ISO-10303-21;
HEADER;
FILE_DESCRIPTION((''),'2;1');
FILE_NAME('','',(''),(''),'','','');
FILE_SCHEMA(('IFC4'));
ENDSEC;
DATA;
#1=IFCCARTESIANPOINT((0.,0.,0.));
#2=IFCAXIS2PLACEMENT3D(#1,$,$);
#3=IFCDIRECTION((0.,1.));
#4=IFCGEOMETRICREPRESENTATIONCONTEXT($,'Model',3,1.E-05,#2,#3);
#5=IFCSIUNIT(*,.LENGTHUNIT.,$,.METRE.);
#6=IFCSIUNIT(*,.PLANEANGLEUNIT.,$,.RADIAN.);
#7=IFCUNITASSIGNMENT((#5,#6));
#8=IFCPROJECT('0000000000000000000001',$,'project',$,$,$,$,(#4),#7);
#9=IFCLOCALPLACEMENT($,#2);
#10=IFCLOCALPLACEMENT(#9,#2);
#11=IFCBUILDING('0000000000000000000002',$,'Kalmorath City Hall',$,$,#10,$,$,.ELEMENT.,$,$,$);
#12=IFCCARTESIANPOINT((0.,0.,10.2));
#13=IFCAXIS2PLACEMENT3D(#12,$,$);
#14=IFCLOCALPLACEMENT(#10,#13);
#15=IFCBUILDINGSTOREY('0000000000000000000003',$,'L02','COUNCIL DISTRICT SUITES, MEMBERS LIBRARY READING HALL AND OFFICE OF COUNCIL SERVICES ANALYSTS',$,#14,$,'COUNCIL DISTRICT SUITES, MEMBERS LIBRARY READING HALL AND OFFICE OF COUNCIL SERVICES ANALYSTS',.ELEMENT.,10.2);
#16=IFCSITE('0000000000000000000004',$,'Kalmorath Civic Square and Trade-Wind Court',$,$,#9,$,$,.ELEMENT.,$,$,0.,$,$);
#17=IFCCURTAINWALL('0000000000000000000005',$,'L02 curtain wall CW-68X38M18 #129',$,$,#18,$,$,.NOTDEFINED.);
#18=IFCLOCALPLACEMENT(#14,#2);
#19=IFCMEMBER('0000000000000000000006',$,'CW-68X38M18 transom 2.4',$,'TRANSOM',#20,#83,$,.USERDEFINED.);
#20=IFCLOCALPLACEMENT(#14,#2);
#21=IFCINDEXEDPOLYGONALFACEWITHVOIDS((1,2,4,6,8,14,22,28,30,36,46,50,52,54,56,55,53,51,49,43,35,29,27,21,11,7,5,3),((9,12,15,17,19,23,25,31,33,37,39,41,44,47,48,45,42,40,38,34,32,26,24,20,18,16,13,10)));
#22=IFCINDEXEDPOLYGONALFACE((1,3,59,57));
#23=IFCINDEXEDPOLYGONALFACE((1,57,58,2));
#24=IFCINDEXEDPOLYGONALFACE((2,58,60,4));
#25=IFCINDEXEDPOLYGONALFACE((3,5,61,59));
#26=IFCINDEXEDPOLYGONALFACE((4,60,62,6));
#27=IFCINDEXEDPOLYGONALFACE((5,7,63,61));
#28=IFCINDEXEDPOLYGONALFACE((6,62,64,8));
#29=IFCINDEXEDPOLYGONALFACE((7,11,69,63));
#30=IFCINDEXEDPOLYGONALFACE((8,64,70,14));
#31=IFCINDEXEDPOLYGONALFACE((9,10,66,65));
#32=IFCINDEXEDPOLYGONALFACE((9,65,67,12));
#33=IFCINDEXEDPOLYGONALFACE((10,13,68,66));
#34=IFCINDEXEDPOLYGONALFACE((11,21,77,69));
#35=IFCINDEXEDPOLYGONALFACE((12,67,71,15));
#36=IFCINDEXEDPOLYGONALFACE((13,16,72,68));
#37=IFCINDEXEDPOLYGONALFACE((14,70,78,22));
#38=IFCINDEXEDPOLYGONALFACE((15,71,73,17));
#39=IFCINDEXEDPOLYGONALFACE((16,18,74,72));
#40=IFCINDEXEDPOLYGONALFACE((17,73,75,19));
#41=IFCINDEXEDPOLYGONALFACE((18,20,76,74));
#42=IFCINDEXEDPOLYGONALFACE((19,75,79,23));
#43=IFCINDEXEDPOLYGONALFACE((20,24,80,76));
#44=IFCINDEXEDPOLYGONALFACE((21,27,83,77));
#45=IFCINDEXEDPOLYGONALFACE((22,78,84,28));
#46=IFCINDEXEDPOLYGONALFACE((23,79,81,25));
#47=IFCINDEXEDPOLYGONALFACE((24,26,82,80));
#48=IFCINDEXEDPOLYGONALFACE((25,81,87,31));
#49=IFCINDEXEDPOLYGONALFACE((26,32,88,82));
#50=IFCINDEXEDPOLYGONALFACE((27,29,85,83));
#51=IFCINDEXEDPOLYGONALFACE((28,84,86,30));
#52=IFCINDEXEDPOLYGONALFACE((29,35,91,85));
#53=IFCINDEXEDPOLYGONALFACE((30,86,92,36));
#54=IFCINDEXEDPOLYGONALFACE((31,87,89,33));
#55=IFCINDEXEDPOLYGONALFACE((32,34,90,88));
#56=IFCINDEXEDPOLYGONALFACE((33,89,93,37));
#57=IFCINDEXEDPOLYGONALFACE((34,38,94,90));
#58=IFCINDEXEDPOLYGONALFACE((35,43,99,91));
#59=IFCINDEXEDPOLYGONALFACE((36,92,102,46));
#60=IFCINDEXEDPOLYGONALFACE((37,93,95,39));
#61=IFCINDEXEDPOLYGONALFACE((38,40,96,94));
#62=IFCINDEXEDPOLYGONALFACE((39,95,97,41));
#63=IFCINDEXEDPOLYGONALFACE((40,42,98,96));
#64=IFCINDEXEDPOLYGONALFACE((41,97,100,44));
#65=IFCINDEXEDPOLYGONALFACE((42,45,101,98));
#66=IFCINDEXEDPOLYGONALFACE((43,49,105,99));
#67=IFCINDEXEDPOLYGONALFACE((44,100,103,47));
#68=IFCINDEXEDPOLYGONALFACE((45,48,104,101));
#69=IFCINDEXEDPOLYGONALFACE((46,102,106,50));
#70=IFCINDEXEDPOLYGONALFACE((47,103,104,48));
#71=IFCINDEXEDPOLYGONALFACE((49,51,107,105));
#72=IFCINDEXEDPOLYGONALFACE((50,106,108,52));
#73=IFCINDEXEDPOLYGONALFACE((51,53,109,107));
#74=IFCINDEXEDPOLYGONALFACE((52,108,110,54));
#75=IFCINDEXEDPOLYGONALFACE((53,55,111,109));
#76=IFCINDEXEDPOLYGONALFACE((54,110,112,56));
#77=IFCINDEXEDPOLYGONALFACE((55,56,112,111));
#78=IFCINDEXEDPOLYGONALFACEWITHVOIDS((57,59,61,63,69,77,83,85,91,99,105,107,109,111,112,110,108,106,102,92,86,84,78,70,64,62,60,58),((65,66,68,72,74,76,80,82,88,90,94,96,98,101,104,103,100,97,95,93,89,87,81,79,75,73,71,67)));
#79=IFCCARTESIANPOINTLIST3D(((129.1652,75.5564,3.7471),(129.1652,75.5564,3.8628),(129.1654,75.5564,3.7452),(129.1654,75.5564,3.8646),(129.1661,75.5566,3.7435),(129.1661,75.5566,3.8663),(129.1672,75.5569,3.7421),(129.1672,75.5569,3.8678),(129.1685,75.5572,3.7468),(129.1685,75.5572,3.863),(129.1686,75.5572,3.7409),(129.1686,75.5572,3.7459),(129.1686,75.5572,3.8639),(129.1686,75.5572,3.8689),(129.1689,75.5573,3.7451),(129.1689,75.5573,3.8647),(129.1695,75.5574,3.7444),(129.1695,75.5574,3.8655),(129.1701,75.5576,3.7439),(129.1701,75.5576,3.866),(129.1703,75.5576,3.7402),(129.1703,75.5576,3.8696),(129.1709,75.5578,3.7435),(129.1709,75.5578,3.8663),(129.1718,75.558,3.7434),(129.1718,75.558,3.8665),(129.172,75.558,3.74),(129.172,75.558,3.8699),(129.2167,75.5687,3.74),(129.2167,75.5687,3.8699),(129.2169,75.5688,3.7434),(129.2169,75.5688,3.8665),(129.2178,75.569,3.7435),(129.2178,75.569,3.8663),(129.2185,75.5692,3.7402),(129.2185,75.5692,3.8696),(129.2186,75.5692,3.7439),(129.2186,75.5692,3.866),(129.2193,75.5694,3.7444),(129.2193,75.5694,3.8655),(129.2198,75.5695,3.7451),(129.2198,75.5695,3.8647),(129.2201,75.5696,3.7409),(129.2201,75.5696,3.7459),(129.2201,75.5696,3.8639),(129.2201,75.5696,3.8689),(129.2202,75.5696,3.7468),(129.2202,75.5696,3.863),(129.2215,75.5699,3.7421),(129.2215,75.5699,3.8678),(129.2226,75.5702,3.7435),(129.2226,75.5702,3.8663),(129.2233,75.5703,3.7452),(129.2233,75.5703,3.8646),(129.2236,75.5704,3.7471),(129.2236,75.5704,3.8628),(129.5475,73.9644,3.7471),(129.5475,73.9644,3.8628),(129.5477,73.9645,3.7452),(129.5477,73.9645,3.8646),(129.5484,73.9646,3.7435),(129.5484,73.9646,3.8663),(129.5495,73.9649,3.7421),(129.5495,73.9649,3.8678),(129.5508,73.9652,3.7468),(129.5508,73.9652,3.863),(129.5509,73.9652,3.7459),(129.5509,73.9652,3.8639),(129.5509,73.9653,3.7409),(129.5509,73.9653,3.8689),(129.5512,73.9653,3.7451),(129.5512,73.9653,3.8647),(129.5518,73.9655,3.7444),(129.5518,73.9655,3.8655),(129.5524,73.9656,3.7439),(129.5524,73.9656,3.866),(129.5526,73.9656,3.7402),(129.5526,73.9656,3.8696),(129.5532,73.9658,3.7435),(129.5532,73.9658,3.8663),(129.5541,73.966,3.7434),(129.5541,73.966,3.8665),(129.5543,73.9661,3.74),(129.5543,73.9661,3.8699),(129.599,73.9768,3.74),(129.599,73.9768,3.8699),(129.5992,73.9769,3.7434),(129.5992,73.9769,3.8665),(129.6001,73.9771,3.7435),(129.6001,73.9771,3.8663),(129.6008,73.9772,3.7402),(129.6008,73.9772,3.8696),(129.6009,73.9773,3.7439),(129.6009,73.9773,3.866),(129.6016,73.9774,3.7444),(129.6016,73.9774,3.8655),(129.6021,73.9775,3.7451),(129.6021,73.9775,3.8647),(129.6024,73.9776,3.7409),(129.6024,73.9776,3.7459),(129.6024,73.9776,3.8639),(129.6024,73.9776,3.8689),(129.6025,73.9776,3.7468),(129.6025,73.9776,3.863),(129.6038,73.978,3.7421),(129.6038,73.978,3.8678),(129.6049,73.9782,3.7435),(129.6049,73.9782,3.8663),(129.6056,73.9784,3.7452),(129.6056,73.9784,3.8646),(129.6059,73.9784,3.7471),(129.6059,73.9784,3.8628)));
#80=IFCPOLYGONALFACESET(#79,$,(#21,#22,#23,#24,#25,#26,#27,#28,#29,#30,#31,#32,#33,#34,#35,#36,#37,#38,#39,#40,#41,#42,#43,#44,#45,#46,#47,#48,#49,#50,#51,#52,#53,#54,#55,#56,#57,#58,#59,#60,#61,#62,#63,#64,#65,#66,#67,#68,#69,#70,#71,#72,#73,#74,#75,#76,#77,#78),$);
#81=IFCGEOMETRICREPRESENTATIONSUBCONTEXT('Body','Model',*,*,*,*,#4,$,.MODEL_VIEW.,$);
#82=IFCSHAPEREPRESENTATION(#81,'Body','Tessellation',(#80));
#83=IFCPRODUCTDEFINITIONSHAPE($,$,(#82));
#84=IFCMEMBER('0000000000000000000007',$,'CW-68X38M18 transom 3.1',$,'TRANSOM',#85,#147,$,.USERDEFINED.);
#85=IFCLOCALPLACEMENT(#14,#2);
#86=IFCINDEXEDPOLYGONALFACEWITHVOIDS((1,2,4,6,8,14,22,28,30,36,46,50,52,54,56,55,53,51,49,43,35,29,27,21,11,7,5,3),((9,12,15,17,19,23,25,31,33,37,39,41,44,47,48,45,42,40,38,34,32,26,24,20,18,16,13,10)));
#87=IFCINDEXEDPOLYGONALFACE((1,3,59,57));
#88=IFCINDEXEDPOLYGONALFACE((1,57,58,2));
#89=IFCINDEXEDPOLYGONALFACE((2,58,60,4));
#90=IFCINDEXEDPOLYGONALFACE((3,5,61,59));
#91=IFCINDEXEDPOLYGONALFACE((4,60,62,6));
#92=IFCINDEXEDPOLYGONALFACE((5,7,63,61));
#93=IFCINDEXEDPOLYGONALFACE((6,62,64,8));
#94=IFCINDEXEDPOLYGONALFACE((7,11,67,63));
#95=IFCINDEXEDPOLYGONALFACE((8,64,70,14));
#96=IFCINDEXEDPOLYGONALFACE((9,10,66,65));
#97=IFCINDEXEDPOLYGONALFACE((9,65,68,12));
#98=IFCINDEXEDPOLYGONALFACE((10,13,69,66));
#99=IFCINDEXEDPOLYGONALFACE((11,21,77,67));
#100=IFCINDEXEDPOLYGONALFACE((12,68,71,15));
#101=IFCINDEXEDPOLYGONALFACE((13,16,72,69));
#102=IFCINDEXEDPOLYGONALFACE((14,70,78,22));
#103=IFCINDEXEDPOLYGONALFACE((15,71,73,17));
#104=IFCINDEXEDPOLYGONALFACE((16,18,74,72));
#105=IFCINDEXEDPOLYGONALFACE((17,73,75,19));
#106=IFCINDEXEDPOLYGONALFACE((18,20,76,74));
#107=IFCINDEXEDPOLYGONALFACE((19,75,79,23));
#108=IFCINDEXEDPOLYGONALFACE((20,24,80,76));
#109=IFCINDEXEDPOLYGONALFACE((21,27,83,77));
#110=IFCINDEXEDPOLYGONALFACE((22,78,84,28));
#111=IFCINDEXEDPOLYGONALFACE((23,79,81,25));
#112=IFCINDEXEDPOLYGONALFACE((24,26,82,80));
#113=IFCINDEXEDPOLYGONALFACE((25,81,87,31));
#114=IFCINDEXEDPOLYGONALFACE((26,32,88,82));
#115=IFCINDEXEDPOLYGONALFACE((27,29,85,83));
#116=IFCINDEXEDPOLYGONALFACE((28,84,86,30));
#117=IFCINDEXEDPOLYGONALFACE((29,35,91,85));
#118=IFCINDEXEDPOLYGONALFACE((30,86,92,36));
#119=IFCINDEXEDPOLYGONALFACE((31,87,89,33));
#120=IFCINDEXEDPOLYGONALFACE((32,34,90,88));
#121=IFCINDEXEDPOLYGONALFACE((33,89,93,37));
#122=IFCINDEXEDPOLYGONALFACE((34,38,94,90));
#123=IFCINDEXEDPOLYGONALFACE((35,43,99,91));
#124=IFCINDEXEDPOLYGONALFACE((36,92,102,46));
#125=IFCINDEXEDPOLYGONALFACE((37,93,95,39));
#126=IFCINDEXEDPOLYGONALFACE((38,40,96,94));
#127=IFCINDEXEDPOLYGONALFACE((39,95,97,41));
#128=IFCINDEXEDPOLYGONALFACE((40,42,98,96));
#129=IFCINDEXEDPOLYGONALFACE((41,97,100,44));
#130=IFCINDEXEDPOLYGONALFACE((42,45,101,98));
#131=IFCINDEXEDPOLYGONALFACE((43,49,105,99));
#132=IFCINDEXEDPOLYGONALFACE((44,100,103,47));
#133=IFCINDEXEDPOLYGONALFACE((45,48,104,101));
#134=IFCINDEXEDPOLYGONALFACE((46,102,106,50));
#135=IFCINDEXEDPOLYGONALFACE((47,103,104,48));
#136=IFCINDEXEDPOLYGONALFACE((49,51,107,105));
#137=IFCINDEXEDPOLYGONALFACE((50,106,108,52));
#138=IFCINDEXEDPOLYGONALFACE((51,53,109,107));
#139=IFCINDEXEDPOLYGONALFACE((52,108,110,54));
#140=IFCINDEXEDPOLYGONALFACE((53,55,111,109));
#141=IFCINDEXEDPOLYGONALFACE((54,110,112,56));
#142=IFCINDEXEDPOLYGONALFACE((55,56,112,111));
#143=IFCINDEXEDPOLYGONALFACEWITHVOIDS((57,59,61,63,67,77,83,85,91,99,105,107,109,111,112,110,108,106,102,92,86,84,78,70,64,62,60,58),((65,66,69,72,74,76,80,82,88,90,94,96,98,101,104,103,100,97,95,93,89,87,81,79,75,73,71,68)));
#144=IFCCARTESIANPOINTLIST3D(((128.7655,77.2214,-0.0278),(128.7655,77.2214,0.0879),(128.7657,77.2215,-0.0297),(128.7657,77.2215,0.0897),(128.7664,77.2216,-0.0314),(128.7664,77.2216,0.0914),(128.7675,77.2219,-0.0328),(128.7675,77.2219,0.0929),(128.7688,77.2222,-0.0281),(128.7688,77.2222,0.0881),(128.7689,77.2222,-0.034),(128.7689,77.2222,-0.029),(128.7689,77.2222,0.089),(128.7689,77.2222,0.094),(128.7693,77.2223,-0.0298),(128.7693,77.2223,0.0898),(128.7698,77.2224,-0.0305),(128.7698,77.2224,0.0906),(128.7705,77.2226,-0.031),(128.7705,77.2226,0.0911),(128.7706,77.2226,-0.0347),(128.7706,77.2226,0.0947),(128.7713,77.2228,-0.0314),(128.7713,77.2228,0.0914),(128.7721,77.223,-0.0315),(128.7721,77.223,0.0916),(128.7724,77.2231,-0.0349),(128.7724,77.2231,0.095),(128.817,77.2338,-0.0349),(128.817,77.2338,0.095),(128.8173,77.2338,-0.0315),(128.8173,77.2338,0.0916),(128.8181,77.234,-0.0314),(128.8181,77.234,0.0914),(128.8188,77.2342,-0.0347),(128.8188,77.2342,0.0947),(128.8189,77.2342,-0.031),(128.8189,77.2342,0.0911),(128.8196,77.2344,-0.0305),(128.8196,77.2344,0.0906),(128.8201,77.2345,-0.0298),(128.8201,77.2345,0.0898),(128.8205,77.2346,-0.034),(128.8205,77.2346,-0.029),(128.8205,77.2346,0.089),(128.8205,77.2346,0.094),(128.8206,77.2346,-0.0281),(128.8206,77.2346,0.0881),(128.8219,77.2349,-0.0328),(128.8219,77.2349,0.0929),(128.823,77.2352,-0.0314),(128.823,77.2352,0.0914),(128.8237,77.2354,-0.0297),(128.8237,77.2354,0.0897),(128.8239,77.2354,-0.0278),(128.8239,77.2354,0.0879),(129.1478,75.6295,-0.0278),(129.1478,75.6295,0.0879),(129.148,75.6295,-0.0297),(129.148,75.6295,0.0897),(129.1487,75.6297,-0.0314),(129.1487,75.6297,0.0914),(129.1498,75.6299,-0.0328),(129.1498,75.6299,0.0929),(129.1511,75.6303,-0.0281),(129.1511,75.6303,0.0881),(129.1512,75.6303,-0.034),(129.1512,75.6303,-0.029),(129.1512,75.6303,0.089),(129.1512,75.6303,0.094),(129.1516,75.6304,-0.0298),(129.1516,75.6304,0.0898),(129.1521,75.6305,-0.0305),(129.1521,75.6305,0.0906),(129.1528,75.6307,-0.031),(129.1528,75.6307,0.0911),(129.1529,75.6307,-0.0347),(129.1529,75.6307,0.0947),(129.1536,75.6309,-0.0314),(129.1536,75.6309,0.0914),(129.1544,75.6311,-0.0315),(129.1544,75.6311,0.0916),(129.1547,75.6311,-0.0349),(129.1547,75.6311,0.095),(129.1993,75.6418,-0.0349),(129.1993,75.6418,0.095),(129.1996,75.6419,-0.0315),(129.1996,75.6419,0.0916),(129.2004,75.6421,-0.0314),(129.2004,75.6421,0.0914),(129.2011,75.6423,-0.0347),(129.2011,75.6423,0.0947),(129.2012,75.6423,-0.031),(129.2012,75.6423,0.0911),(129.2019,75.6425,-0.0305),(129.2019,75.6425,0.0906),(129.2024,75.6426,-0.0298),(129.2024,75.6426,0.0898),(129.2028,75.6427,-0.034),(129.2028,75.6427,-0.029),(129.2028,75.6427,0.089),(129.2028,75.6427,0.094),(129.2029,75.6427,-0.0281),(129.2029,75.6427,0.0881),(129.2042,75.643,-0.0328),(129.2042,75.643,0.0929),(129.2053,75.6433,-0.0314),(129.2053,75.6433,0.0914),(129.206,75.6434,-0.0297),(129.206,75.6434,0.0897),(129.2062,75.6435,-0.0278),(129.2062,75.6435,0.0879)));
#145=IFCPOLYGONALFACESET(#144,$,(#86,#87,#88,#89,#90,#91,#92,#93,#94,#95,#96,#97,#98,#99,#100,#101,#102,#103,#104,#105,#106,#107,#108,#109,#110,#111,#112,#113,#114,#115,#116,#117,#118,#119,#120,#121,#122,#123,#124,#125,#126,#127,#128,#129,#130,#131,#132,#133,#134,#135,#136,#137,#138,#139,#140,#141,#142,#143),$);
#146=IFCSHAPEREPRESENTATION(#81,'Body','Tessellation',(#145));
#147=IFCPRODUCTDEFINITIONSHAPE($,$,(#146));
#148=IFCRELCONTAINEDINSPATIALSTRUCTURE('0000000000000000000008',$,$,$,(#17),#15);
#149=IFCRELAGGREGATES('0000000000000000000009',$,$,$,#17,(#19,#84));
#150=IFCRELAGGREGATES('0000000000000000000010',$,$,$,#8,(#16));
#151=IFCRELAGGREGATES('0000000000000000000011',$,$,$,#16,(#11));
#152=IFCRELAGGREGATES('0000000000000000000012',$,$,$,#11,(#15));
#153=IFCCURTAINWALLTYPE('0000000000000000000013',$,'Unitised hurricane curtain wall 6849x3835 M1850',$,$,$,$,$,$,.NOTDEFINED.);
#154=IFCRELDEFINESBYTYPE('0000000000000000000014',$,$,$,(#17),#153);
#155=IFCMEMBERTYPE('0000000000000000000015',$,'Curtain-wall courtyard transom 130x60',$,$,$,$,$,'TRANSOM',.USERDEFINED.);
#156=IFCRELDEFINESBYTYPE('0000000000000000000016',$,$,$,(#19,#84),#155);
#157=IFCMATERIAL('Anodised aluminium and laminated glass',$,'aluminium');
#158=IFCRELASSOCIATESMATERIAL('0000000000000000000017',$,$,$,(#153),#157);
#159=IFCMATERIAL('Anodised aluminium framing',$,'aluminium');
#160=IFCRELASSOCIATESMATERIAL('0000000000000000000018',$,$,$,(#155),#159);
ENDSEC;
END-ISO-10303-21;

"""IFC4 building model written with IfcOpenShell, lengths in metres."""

from ifc_helpers import new_model, si_unit, direction, frame, origin, origin_2d, place, context, subcontext, project, spatial, hollow_rectangle, extrude, material, material_profile, profile_set, type_object, element, aggregate, save


model = new_model("IFC4")

# Units and contexts
model_context = context("Model", 3, precision=1e-05, world=origin(), true_north=direction((0.0, 1.0)))
body_context = subcontext(model_context, "Body", "Model", "MODEL_VIEW")
ifc_project = project(units=[si_unit("LENGTHUNIT", "METRE"), si_unit("PLANEANGLEUNIT", "RADIAN")], contexts=[model_context])

# Site, building, storey
site_placement = place(None, origin())
site = spatial("IfcSite", under=ifc_project, at=site_placement, Name="Kalmorath Civic Square and Trade-Wind Court", CompositionType="ELEMENT", RefElevation=0.0)
building_placement = place(site_placement, origin())
building = spatial("IfcBuilding", under=site, at=building_placement, Name="Kalmorath City Hall", CompositionType="ELEMENT")
storey_placement = place(building_placement, frame((0.0, 0.0, 10.2)))
storey = spatial("IfcBuildingStorey", under=building, at=storey_placement, Name="L02", Description="COUNCIL DISTRICT SUITES, MEMBERS LIBRARY READING HALL AND OFFICE OF COUNCIL SERVICES ANALYSTS", LongName="COUNCIL DISTRICT SUITES, MEMBERS LIBRARY READING HALL AND OFFICE OF COUNCIL SERVICES ANALYSTS", CompositionType="ELEMENT", Elevation=10.2)

# Curtain wall, members
ifc_material_1 = material(Name="Anodised aluminium and laminated glass", Category="aluminium")
curtain_wall_type = type_object("IfcCurtainWallType", Name="Unitised hurricane curtain wall 6849x3835 M1850", PredefinedType="NOTDEFINED", material=ifc_material_1)
curtain_wall_1_placement = place(storey_placement, origin())
curtain_wall_1 = element("IfcCurtainWall", 1, at=curtain_wall_1_placement, inside=storey, type_object=curtain_wall_type, Name="L02 curtain wall CW-68X38M18 #129", PredefinedType="NOTDEFINED")
ifc_material_2 = material(Name="Anodised aluminium framing", Category="aluminium")
ifc_material_profile_1 = material_profile(ifc_material_2, hollow_rectangle(XDim=0.0601, YDim=0.1299, WallThickness=0.0034, InnerFilletRadius=0.0034, OuterFilletRadius=0.0071, at=origin_2d()), Name="ALU-TRN-130X60X3.5")
ifc_profile_set_1 = profile_set([ifc_material_profile_1], Name="Anodised aluminium framing")
member_type_1 = type_object("IfcMemberType", Name="Curtain-wall courtyard transom 130x60", ElementType="TRANSOM", PredefinedType="USERDEFINED", material=ifc_profile_set_1)
member_1_placement = place(storey_placement, frame((129.5767, 73.9714, 3.8049), z_axis=(-0.233508, 0.972355, 0.0), x_axis=(-0.972355, -0.233508, 0.0)))
member_1 = element("IfcMember", 2, at=member_1_placement, type_object=member_type_1, Name="CW-68X38M18 transom 2.4", ObjectType="TRANSOM", PredefinedType="USERDEFINED", context=body_context, shape_type="SweptSolid", body=[
    extrude(hollow_rectangle(XDim=0.0601, YDim=0.1299, WallThickness=0.0034, InnerFilletRadius=0.0034, OuterFilletRadius=0.0071, at=origin_2d()), origin(), (0.0, 0.0, 1.0), 1.6372),
])
member_2_placement = place(storey_placement, frame((129.177, 75.6365, 0.03), z_axis=(-0.233508, 0.972355, 0.0), x_axis=(-0.972355, -0.233508, 0.0)))
member_2 = element("IfcMember", 3, at=member_2_placement, type_object=member_type_1, Name="CW-68X38M18 transom 3.1", ObjectType="TRANSOM", PredefinedType="USERDEFINED", context=body_context, shape_type="SweptSolid", body=[
    extrude(hollow_rectangle(XDim=0.0601, YDim=0.1299, WallThickness=0.0034, InnerFilletRadius=0.0034, OuterFilletRadius=0.0071, at=origin_2d()), origin(), (0.0, 0.0, 1.0), 1.6372),
])

aggregate(curtain_wall_1, [member_1, member_2])

save(model, "model.ifc")
